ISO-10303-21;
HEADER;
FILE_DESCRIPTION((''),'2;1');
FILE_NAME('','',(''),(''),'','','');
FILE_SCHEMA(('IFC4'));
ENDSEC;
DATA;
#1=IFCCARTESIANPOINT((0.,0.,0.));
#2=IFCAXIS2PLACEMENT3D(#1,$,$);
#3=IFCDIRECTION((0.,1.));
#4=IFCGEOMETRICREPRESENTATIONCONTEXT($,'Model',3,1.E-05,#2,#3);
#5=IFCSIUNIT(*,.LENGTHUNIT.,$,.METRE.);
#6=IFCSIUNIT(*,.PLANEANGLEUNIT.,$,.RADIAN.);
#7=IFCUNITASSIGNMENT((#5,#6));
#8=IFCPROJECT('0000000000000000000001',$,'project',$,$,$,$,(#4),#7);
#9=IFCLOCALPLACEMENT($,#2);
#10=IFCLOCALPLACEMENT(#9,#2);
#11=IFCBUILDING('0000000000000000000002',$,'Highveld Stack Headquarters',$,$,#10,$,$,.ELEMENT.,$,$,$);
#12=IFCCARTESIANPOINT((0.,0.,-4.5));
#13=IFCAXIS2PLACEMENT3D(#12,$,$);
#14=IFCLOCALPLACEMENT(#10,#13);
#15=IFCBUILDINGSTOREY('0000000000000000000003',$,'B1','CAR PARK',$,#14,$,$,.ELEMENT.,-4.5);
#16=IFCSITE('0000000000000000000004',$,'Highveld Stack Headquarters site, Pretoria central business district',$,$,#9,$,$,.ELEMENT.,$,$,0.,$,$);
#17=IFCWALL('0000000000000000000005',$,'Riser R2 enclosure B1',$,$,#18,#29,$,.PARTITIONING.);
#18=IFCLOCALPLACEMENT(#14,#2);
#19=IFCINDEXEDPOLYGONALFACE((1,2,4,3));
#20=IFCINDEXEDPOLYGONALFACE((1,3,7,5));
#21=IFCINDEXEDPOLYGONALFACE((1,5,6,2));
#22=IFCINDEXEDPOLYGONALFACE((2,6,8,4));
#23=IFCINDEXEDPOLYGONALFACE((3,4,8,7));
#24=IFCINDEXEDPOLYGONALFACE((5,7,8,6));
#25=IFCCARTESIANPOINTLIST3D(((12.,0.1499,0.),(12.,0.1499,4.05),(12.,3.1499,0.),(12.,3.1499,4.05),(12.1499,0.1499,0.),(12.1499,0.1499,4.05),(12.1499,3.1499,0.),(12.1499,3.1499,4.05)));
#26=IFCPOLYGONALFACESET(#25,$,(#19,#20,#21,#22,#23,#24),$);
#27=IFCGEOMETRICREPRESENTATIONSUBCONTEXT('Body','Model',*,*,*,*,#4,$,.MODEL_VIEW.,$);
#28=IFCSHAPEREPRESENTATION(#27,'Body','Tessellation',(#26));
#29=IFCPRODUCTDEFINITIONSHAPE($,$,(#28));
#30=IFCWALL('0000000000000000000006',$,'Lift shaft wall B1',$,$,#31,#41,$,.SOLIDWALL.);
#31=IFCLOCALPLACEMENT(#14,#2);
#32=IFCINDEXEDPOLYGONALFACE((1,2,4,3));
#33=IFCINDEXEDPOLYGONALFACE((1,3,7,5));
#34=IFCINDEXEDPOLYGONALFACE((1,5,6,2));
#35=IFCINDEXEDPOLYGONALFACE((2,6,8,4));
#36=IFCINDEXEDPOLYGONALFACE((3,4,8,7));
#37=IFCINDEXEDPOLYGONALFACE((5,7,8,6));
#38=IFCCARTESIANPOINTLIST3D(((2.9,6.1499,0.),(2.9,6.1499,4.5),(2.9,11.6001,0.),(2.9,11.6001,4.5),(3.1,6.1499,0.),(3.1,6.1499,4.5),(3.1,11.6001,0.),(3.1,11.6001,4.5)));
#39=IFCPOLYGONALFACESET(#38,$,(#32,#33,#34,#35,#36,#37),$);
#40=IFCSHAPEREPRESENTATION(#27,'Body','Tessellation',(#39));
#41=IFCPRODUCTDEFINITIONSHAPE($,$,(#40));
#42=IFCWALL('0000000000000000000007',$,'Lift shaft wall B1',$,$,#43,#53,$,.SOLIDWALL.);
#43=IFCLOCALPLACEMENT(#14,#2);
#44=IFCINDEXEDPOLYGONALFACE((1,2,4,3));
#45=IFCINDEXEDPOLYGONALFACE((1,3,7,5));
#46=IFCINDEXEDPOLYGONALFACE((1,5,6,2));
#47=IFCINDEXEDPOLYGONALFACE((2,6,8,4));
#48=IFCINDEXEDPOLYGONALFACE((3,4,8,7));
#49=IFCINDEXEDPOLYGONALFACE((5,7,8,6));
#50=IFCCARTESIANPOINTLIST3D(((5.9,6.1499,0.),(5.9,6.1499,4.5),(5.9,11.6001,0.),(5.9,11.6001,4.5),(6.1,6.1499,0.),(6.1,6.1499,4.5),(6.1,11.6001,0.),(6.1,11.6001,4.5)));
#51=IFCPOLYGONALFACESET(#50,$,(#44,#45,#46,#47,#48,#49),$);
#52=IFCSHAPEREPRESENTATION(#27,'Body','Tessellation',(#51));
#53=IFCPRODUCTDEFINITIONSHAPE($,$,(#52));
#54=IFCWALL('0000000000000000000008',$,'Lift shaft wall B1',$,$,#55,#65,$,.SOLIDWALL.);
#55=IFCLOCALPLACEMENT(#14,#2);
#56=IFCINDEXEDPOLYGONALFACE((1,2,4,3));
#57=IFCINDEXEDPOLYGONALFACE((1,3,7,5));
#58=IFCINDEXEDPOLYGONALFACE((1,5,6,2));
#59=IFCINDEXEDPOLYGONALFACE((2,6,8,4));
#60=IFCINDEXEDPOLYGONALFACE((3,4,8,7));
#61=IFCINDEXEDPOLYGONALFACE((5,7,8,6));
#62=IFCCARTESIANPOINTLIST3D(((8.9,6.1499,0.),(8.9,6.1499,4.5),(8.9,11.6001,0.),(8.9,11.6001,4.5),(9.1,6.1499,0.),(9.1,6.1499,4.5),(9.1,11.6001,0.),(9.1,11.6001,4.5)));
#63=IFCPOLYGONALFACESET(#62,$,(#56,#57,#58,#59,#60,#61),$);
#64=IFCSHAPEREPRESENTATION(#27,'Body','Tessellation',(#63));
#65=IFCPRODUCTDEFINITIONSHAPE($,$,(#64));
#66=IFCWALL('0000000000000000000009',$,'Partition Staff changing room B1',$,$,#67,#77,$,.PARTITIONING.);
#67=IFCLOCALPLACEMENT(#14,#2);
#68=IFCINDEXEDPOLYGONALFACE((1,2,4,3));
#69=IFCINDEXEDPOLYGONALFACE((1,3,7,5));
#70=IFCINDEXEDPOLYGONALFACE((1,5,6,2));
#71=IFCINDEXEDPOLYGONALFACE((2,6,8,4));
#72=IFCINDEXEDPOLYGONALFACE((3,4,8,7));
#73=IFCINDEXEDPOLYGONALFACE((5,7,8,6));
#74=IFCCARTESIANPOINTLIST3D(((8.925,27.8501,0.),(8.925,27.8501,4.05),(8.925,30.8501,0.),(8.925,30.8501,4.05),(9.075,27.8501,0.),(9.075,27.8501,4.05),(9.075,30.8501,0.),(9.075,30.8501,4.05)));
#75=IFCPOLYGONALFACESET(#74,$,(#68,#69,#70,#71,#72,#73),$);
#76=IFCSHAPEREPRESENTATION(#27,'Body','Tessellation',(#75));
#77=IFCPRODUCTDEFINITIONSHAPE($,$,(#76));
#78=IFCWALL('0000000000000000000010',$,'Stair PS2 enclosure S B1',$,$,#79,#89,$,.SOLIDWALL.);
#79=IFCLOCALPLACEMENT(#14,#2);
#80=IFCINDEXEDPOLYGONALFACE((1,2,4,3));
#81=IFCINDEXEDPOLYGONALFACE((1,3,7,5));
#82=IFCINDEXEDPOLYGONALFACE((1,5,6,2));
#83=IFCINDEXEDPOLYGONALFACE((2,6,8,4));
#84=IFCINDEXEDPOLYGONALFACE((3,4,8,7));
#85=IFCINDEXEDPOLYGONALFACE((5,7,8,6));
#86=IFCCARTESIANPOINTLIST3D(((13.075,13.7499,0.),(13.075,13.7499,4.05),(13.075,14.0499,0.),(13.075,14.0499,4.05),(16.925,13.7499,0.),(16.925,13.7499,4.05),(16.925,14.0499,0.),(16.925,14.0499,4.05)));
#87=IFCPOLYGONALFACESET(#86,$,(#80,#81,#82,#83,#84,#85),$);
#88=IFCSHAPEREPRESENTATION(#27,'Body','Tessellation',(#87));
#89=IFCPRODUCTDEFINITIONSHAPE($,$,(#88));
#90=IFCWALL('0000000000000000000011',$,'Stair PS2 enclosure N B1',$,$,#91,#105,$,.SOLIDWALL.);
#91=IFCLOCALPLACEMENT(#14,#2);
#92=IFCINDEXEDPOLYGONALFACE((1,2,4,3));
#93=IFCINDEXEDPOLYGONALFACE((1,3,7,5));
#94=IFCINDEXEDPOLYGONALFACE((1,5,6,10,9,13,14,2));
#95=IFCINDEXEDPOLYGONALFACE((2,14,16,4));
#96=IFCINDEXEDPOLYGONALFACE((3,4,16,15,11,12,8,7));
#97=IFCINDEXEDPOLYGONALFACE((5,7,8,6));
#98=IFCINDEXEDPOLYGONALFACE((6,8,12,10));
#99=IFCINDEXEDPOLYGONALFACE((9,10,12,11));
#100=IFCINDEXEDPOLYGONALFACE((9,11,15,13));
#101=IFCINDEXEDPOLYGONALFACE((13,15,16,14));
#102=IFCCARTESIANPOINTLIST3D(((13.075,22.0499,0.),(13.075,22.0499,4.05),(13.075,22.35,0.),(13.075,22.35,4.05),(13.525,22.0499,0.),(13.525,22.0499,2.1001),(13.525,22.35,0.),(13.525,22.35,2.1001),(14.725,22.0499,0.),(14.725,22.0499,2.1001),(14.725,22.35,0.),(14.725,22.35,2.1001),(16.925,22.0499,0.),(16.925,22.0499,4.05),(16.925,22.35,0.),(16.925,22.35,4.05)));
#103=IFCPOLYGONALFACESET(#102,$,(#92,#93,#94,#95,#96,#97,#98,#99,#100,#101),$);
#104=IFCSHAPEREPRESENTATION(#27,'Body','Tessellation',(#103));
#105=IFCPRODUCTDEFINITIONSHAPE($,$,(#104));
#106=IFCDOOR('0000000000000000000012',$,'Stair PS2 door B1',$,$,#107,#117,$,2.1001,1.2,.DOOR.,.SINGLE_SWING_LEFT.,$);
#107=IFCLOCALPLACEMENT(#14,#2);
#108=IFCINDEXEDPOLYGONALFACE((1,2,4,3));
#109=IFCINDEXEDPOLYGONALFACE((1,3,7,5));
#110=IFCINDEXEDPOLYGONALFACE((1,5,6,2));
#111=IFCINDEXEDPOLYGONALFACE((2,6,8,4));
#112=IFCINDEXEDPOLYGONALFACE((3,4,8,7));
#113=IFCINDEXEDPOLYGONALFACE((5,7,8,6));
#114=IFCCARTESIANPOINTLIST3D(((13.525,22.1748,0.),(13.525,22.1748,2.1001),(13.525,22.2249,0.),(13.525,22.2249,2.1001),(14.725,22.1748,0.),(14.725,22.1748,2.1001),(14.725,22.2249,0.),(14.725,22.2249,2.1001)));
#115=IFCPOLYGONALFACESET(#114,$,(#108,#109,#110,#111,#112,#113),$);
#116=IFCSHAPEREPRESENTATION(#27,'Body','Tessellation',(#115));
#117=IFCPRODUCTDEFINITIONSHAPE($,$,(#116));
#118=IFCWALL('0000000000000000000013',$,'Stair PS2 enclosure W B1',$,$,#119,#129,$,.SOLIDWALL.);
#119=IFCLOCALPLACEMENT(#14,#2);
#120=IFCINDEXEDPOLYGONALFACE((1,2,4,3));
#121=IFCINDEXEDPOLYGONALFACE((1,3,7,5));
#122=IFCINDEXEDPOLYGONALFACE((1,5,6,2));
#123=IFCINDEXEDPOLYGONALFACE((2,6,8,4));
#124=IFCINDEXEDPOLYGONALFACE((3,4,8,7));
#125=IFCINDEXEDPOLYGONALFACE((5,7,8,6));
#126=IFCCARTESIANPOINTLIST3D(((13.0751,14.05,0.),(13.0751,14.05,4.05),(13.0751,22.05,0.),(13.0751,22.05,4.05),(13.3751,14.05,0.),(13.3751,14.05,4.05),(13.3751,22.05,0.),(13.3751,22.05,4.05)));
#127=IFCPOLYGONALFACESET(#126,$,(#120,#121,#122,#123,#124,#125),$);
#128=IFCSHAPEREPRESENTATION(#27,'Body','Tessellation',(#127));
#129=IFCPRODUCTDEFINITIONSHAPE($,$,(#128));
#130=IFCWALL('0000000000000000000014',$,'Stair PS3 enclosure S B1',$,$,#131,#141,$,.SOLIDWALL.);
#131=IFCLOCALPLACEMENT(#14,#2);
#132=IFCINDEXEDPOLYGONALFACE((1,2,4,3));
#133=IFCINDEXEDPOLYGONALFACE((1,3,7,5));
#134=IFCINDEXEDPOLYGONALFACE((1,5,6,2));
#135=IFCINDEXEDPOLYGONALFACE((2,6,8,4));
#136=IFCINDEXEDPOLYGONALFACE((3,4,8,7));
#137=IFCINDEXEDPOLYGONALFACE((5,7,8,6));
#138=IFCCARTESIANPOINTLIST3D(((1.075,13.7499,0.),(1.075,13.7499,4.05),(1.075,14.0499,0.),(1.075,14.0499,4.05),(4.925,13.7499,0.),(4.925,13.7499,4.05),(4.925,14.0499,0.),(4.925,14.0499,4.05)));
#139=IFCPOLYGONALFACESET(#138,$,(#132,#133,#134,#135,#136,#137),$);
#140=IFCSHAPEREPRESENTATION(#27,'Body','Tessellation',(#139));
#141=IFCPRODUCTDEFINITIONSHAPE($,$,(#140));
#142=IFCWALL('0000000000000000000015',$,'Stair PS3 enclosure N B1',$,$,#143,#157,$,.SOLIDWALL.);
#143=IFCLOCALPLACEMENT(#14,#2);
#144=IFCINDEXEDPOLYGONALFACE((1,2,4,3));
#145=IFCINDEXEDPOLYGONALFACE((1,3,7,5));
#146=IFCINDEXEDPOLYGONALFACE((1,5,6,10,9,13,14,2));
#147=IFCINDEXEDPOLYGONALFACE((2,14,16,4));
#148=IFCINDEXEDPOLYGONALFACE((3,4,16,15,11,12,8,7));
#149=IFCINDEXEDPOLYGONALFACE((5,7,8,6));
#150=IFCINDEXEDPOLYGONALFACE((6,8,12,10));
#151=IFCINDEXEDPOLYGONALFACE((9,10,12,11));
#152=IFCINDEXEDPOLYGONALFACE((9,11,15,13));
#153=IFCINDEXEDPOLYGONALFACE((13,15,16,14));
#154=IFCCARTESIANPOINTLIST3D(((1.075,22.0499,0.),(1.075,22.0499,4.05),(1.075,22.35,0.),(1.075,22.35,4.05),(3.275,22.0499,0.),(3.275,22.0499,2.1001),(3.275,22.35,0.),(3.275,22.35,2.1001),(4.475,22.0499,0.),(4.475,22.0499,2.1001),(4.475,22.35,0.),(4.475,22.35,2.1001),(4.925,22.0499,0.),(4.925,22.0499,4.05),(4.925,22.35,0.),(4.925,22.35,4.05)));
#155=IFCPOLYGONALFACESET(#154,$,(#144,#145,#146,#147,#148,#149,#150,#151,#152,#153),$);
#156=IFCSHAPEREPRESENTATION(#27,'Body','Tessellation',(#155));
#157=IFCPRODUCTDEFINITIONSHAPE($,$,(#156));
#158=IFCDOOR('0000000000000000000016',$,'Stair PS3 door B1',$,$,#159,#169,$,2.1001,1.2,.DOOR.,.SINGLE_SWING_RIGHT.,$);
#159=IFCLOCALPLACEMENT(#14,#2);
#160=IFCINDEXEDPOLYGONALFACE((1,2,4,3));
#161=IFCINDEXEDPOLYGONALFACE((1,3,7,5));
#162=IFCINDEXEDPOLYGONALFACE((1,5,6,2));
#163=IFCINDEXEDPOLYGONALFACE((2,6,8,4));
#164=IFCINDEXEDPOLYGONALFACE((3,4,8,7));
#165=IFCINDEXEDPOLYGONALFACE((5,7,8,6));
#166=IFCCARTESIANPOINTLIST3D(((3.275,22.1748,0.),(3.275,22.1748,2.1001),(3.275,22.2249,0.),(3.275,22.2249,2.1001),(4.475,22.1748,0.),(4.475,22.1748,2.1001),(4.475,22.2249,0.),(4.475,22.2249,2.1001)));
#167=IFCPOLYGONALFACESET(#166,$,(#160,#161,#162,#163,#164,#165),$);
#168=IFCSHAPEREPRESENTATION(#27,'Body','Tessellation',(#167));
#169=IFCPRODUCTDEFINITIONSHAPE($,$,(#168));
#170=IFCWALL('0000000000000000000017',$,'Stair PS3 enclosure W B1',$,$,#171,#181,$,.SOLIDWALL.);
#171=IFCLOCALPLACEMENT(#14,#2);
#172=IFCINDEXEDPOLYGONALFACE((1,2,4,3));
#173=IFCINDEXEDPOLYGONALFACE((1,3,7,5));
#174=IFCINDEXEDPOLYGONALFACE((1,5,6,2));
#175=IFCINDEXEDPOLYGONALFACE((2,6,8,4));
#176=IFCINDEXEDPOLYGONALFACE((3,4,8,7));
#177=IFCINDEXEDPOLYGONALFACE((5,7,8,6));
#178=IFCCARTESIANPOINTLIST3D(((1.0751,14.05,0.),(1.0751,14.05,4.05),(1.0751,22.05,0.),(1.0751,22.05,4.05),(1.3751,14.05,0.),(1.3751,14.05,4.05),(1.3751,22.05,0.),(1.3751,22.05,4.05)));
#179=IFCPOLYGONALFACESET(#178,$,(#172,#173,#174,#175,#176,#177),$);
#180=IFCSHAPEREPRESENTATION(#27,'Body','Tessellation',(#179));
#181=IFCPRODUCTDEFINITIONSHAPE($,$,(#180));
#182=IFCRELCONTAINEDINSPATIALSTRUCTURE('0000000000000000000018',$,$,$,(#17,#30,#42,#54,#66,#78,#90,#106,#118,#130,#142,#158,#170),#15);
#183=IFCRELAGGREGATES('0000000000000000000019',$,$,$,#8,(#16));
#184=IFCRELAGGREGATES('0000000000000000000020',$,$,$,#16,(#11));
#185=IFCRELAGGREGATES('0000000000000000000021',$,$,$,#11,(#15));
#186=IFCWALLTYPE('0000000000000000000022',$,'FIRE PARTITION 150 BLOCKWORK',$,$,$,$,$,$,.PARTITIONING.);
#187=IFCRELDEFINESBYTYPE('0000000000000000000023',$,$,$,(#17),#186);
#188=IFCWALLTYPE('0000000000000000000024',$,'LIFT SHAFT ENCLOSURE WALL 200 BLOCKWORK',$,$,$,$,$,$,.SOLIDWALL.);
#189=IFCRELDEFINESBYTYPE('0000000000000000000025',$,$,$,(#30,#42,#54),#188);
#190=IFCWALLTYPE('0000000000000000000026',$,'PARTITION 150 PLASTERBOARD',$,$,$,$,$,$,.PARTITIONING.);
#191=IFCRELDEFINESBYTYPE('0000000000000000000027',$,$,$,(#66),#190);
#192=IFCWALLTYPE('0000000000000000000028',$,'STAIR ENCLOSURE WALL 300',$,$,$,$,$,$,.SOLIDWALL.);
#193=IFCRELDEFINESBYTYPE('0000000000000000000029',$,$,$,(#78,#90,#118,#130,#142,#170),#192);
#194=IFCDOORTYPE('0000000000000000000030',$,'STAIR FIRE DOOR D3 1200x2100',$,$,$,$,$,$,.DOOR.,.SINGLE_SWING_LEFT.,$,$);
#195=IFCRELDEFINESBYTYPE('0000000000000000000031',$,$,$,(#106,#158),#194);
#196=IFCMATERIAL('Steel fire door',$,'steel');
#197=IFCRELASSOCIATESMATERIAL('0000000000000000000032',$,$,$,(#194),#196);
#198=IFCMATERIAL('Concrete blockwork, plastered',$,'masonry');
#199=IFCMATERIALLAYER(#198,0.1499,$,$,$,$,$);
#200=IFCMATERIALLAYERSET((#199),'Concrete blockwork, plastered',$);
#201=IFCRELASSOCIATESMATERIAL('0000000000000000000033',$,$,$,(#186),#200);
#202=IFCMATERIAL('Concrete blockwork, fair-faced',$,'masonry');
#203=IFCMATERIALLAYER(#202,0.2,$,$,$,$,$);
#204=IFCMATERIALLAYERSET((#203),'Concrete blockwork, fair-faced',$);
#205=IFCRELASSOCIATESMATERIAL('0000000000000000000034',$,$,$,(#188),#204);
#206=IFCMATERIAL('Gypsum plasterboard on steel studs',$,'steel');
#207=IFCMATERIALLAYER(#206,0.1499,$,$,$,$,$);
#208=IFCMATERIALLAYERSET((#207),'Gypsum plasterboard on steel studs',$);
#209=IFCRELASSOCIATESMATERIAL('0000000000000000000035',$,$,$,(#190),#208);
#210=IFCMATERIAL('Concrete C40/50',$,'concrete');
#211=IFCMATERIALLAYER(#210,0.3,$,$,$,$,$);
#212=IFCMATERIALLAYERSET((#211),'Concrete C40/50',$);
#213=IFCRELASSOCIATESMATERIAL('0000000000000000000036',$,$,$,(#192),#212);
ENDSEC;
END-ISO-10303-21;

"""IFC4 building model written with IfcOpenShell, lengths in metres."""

from ifc_helpers import new_model, si_unit, direction, frame, frame_2d, origin, place, context, subcontext, project, spatial, rectangle, extrude, material, layer, layer_set, type_object, element, fill, save


model = new_model("IFC4")

# Units and contexts
model_context = context("Model", 3, precision=1e-05, world=origin(), true_north=direction((0.0, 1.0)))
body_context = subcontext(model_context, "Body", "Model", "MODEL_VIEW")
ifc_project = project(units=[si_unit("LENGTHUNIT", "METRE"), si_unit("PLANEANGLEUNIT", "RADIAN")], contexts=[model_context])

# Site, building, storey
site_placement = place(None, origin())
site = spatial("IfcSite", under=ifc_project, at=site_placement, Name="Highveld Stack Headquarters site, Pretoria central business district", CompositionType="ELEMENT", RefElevation=0.0)
building_placement = place(site_placement, origin())
building = spatial("IfcBuilding", under=site, at=building_placement, Name="Highveld Stack Headquarters", CompositionType="ELEMENT")
storey_placement = place(building_placement, frame((0.0, 0.0, -4.5)))
storey = spatial("IfcBuildingStorey", under=building, at=storey_placement, Name="B1", Description="CAR PARK", CompositionType="ELEMENT", Elevation=-4.5)

# Shared definitions
ifc_material_1 = material(Name="Steel fire door", Category="steel")
door_type_1 = type_object("IfcDoorType", Name="STAIR FIRE DOOR D3 1200x2100", OperationType="SINGLE_SWING_LEFT", PredefinedType="DOOR", material=ifc_material_1)

# Shared definitions
ifc_material_2 = material(Name="Concrete blockwork, plastered", Category="masonry")
ifc_layer_1 = layer(ifc_material_2, 0.1499)
ifc_layer_set_1 = layer_set([ifc_layer_1], Name="Concrete blockwork, plastered")
wall_type_1 = type_object("IfcWallType", Name="FIRE PARTITION 150 BLOCKWORK", PredefinedType="PARTITIONING", material=ifc_layer_set_1)

# Walls
wall_1_placement = place(storey_placement, frame((12.075, 0.1499, 0.0), z_axis=(0.0, 0.0, 1.0), x_axis=(0.0, 1.0, 0.0)))
element("IfcWall", 1, at=wall_1_placement, inside=storey, type_object=wall_type_1, Name="Riser R2 enclosure B1", PredefinedType="PARTITIONING", context=body_context, shape_type="SweptSolid", body=[
    extrude(rectangle(XDim=3.0, YDim=0.1499, at=frame_2d((1.5, 0.0))), origin(), (0.0, 0.0, 1.0), 4.05),
])
ifc_material_3 = material(Name="Concrete blockwork, fair-faced", Category="masonry")
ifc_layer_2 = layer(ifc_material_3, 0.2)
ifc_layer_set_2 = layer_set([ifc_layer_2], Name="Concrete blockwork, fair-faced")
wall_type_2 = type_object("IfcWallType", Name="LIFT SHAFT ENCLOSURE WALL 200 BLOCKWORK", PredefinedType="SOLIDWALL", material=ifc_layer_set_2)
for number, where, z_axis, x_axis, name in (
    (2, (3.0, 6.1499, 0.0), (0.0, 0.0, 1.0), (0.0, 1.0, 0.0), "Lift shaft wall B1"),
    (3, (6.0, 6.1499, 0.0), (0.0, 0.0, 1.0), (0.0, 1.0, 0.0), "Lift shaft wall B1"),
    (4, (9.0, 6.1499, 0.0), (0.0, 0.0, 1.0), (0.0, 1.0, 0.0), "Lift shaft wall B1"),
):
    element("IfcWall", number, at=place(storey_placement, frame(where, z_axis=z_axis, x_axis=x_axis)), inside=storey, type_object=wall_type_2, Name=name, PredefinedType="SOLIDWALL", context=body_context, shape_type="SweptSolid", body=[
        extrude(rectangle(XDim=5.4502, YDim=0.2, at=frame_2d((2.7251, 0.0))), origin(), (0.0, 0.0, 1.0), 4.5),
    ])
ifc_material_4 = material(Name="Gypsum plasterboard on steel studs", Category="steel")
ifc_layer_3 = layer(ifc_material_4, 0.1499)
ifc_layer_set_3 = layer_set([ifc_layer_3], Name="Gypsum plasterboard on steel studs")
wall_type_3 = type_object("IfcWallType", Name="PARTITION 150 PLASTERBOARD", PredefinedType="PARTITIONING", material=ifc_layer_set_3)
wall_2_placement = place(storey_placement, frame((9.0, 27.8501, 0.0), z_axis=(0.0, 0.0, 1.0), x_axis=(0.0, 1.0, 0.0)))
element("IfcWall", 5, at=wall_2_placement, inside=storey, type_object=wall_type_3, Name="Partition Staff changing room B1", PredefinedType="PARTITIONING", context=body_context, shape_type="SweptSolid", body=[
    extrude(rectangle(XDim=3.0, YDim=0.1499, at=frame_2d((1.5, 0.0))), origin(), (0.0, 0.0, 1.0), 4.05),
])
ifc_material_5 = material(Name="Concrete C40/50", Category="concrete")
ifc_layer_4 = layer(ifc_material_5, 0.3)
ifc_layer_set_4 = layer_set([ifc_layer_4], Name="Concrete C40/50")
wall_type_4 = type_object("IfcWallType", Name="STAIR ENCLOSURE WALL 300", PredefinedType="SOLIDWALL", material=ifc_layer_set_4)
wall_3_placement = place(storey_placement, frame((13.075, 13.8999, 0.0), z_axis=(0.0, 0.0, 1.0), x_axis=(1.0, 0.0, 0.0)))
element("IfcWall", 6, at=wall_3_placement, inside=storey, type_object=wall_type_4, Name="Stair PS2 enclosure S B1", PredefinedType="SOLIDWALL", context=body_context, shape_type="SweptSolid", body=[
    extrude(rectangle(XDim=3.8501, YDim=0.3, at=frame_2d((1.925, 0.0))), origin(), (0.0, 0.0, 1.0), 4.05),
])

# Wall, opening, door
wall_4_placement = place(storey_placement, frame((13.075, 22.2, 0.0), z_axis=(0.0, 0.0, 1.0), x_axis=(1.0, 0.0, 0.0)))
wall_4 = element("IfcWall", 7, at=wall_4_placement, inside=storey, type_object=wall_type_4, Name="Stair PS2 enclosure N B1", PredefinedType="SOLIDWALL", context=body_context, shape_type="SweptSolid", body=[
    extrude(rectangle(XDim=3.8501, YDim=0.3, at=frame_2d((1.925, 0.0))), origin(), (0.0, 0.0, 1.0), 4.05),
])
opening_1_placement = place(wall_4_placement, frame((0.45, 0.0, 0.0)))
opening_1 = element("IfcOpeningElement", 8, at=opening_1_placement, cuts=wall_4, PredefinedType="OPENING", context=body_context, shape_type="SweptSolid", body=[
    extrude(rectangle(XDim=1.2, YDim=2.1001, at=frame_2d((0.6001, 1.05))), frame((0.0, 0.1599, 0.0), z_axis=(0.0, -1.0, 0.0), x_axis=(1.0, 0.0, 0.0)), (0.0, 0.0, 1.0), 0.3201),
])
door_1_placement = place(opening_1_placement, origin())
door_1 = element("IfcDoor", 9, at=door_1_placement, inside=storey, type_object=door_type_1, Name="Stair PS2 door B1", OperationType="SINGLE_SWING_LEFT", OverallHeight=2.1001, OverallWidth=1.2, PredefinedType="DOOR", context=body_context, shape_type="SweptSolid", body=[
    extrude(rectangle(XDim=1.2, YDim=2.1001, at=frame_2d((0.6001, 1.05))), frame((0.0, 0.0249, 0.0), z_axis=(0.0, -1.0, 0.0), x_axis=(1.0, 0.0, 0.0)), (0.0, 0.0, 1.0), 0.05),
])
fill(opening_1, door_1)

# Walls
wall_5_placement = place(storey_placement, frame((13.2251, 14.05, 0.0), z_axis=(0.0, 0.0, 1.0), x_axis=(0.0, 1.0, 0.0)))
element("IfcWall", 10, at=wall_5_placement, inside=storey, type_object=wall_type_4, Name="Stair PS2 enclosure W B1", PredefinedType="SOLIDWALL", context=body_context, shape_type="SweptSolid", body=[
    extrude(rectangle(XDim=8.0, YDim=0.3, at=frame_2d((4.0, 0.0))), origin(), (0.0, 0.0, 1.0), 4.05),
])
wall_6_placement = place(storey_placement, frame((1.075, 13.8999, 0.0), z_axis=(0.0, 0.0, 1.0), x_axis=(1.0, 0.0, 0.0)))
element("IfcWall", 11, at=wall_6_placement, inside=storey, type_object=wall_type_4, Name="Stair PS3 enclosure S B1", PredefinedType="SOLIDWALL", context=body_context, shape_type="SweptSolid", body=[
    extrude(rectangle(XDim=3.8501, YDim=0.3, at=frame_2d((1.925, 0.0))), origin(), (0.0, 0.0, 1.0), 4.05),
])

# Wall, opening, door
wall_7_placement = place(storey_placement, frame((1.075, 22.2, 0.0), z_axis=(0.0, 0.0, 1.0), x_axis=(1.0, 0.0, 0.0)))
wall_7 = element("IfcWall", 12, at=wall_7_placement, inside=storey, type_object=wall_type_4, Name="Stair PS3 enclosure N B1", PredefinedType="SOLIDWALL", context=body_context, shape_type="SweptSolid", body=[
    extrude(rectangle(XDim=3.8501, YDim=0.3, at=frame_2d((1.925, 0.0))), origin(), (0.0, 0.0, 1.0), 4.05),
])
opening_2_placement = place(wall_7_placement, frame((2.2, 0.0, 0.0)))
opening_2 = element("IfcOpeningElement", 13, at=opening_2_placement, cuts=wall_7, PredefinedType="OPENING", context=body_context, shape_type="SweptSolid", body=[
    extrude(rectangle(XDim=1.2, YDim=2.1001, at=frame_2d((0.6001, 1.05))), frame((0.0, 0.1599, 0.0), z_axis=(0.0, -1.0, 0.0), x_axis=(1.0, 0.0, 0.0)), (0.0, 0.0, 1.0), 0.3201),
])
door_2_placement = place(opening_2_placement, origin())
door_2 = element("IfcDoor", 14, at=door_2_placement, inside=storey, type_object=door_type_1, Name="Stair PS3 door B1", OperationType="SINGLE_SWING_RIGHT", OverallHeight=2.1001, OverallWidth=1.2, PredefinedType="DOOR", context=body_context, shape_type="SweptSolid", body=[
    extrude(rectangle(XDim=1.2, YDim=2.1001, at=frame_2d((0.6001, 1.05))), frame((0.0, 0.0249, 0.0), z_axis=(0.0, -1.0, 0.0), x_axis=(1.0, 0.0, 0.0)), (0.0, 0.0, 1.0), 0.05),
])
fill(opening_2, door_2)

# Wall
for number, where, z_axis, x_axis, name in (
    (15, (1.2251, 14.05, 0.0), (0.0, 0.0, 1.0), (0.0, 1.0, 0.0), "Stair PS3 enclosure W B1"),
):
    element("IfcWall", number, at=place(storey_placement, frame(where, z_axis=z_axis, x_axis=x_axis)), inside=storey, type_object=wall_type_4, Name=name, PredefinedType="SOLIDWALL", context=body_context, shape_type="SweptSolid", body=[
        extrude(rectangle(XDim=8.0, YDim=0.3, at=frame_2d((4.0, 0.0))), origin(), (0.0, 0.0, 1.0), 4.05),
    ])

save(model, "model.ifc")
